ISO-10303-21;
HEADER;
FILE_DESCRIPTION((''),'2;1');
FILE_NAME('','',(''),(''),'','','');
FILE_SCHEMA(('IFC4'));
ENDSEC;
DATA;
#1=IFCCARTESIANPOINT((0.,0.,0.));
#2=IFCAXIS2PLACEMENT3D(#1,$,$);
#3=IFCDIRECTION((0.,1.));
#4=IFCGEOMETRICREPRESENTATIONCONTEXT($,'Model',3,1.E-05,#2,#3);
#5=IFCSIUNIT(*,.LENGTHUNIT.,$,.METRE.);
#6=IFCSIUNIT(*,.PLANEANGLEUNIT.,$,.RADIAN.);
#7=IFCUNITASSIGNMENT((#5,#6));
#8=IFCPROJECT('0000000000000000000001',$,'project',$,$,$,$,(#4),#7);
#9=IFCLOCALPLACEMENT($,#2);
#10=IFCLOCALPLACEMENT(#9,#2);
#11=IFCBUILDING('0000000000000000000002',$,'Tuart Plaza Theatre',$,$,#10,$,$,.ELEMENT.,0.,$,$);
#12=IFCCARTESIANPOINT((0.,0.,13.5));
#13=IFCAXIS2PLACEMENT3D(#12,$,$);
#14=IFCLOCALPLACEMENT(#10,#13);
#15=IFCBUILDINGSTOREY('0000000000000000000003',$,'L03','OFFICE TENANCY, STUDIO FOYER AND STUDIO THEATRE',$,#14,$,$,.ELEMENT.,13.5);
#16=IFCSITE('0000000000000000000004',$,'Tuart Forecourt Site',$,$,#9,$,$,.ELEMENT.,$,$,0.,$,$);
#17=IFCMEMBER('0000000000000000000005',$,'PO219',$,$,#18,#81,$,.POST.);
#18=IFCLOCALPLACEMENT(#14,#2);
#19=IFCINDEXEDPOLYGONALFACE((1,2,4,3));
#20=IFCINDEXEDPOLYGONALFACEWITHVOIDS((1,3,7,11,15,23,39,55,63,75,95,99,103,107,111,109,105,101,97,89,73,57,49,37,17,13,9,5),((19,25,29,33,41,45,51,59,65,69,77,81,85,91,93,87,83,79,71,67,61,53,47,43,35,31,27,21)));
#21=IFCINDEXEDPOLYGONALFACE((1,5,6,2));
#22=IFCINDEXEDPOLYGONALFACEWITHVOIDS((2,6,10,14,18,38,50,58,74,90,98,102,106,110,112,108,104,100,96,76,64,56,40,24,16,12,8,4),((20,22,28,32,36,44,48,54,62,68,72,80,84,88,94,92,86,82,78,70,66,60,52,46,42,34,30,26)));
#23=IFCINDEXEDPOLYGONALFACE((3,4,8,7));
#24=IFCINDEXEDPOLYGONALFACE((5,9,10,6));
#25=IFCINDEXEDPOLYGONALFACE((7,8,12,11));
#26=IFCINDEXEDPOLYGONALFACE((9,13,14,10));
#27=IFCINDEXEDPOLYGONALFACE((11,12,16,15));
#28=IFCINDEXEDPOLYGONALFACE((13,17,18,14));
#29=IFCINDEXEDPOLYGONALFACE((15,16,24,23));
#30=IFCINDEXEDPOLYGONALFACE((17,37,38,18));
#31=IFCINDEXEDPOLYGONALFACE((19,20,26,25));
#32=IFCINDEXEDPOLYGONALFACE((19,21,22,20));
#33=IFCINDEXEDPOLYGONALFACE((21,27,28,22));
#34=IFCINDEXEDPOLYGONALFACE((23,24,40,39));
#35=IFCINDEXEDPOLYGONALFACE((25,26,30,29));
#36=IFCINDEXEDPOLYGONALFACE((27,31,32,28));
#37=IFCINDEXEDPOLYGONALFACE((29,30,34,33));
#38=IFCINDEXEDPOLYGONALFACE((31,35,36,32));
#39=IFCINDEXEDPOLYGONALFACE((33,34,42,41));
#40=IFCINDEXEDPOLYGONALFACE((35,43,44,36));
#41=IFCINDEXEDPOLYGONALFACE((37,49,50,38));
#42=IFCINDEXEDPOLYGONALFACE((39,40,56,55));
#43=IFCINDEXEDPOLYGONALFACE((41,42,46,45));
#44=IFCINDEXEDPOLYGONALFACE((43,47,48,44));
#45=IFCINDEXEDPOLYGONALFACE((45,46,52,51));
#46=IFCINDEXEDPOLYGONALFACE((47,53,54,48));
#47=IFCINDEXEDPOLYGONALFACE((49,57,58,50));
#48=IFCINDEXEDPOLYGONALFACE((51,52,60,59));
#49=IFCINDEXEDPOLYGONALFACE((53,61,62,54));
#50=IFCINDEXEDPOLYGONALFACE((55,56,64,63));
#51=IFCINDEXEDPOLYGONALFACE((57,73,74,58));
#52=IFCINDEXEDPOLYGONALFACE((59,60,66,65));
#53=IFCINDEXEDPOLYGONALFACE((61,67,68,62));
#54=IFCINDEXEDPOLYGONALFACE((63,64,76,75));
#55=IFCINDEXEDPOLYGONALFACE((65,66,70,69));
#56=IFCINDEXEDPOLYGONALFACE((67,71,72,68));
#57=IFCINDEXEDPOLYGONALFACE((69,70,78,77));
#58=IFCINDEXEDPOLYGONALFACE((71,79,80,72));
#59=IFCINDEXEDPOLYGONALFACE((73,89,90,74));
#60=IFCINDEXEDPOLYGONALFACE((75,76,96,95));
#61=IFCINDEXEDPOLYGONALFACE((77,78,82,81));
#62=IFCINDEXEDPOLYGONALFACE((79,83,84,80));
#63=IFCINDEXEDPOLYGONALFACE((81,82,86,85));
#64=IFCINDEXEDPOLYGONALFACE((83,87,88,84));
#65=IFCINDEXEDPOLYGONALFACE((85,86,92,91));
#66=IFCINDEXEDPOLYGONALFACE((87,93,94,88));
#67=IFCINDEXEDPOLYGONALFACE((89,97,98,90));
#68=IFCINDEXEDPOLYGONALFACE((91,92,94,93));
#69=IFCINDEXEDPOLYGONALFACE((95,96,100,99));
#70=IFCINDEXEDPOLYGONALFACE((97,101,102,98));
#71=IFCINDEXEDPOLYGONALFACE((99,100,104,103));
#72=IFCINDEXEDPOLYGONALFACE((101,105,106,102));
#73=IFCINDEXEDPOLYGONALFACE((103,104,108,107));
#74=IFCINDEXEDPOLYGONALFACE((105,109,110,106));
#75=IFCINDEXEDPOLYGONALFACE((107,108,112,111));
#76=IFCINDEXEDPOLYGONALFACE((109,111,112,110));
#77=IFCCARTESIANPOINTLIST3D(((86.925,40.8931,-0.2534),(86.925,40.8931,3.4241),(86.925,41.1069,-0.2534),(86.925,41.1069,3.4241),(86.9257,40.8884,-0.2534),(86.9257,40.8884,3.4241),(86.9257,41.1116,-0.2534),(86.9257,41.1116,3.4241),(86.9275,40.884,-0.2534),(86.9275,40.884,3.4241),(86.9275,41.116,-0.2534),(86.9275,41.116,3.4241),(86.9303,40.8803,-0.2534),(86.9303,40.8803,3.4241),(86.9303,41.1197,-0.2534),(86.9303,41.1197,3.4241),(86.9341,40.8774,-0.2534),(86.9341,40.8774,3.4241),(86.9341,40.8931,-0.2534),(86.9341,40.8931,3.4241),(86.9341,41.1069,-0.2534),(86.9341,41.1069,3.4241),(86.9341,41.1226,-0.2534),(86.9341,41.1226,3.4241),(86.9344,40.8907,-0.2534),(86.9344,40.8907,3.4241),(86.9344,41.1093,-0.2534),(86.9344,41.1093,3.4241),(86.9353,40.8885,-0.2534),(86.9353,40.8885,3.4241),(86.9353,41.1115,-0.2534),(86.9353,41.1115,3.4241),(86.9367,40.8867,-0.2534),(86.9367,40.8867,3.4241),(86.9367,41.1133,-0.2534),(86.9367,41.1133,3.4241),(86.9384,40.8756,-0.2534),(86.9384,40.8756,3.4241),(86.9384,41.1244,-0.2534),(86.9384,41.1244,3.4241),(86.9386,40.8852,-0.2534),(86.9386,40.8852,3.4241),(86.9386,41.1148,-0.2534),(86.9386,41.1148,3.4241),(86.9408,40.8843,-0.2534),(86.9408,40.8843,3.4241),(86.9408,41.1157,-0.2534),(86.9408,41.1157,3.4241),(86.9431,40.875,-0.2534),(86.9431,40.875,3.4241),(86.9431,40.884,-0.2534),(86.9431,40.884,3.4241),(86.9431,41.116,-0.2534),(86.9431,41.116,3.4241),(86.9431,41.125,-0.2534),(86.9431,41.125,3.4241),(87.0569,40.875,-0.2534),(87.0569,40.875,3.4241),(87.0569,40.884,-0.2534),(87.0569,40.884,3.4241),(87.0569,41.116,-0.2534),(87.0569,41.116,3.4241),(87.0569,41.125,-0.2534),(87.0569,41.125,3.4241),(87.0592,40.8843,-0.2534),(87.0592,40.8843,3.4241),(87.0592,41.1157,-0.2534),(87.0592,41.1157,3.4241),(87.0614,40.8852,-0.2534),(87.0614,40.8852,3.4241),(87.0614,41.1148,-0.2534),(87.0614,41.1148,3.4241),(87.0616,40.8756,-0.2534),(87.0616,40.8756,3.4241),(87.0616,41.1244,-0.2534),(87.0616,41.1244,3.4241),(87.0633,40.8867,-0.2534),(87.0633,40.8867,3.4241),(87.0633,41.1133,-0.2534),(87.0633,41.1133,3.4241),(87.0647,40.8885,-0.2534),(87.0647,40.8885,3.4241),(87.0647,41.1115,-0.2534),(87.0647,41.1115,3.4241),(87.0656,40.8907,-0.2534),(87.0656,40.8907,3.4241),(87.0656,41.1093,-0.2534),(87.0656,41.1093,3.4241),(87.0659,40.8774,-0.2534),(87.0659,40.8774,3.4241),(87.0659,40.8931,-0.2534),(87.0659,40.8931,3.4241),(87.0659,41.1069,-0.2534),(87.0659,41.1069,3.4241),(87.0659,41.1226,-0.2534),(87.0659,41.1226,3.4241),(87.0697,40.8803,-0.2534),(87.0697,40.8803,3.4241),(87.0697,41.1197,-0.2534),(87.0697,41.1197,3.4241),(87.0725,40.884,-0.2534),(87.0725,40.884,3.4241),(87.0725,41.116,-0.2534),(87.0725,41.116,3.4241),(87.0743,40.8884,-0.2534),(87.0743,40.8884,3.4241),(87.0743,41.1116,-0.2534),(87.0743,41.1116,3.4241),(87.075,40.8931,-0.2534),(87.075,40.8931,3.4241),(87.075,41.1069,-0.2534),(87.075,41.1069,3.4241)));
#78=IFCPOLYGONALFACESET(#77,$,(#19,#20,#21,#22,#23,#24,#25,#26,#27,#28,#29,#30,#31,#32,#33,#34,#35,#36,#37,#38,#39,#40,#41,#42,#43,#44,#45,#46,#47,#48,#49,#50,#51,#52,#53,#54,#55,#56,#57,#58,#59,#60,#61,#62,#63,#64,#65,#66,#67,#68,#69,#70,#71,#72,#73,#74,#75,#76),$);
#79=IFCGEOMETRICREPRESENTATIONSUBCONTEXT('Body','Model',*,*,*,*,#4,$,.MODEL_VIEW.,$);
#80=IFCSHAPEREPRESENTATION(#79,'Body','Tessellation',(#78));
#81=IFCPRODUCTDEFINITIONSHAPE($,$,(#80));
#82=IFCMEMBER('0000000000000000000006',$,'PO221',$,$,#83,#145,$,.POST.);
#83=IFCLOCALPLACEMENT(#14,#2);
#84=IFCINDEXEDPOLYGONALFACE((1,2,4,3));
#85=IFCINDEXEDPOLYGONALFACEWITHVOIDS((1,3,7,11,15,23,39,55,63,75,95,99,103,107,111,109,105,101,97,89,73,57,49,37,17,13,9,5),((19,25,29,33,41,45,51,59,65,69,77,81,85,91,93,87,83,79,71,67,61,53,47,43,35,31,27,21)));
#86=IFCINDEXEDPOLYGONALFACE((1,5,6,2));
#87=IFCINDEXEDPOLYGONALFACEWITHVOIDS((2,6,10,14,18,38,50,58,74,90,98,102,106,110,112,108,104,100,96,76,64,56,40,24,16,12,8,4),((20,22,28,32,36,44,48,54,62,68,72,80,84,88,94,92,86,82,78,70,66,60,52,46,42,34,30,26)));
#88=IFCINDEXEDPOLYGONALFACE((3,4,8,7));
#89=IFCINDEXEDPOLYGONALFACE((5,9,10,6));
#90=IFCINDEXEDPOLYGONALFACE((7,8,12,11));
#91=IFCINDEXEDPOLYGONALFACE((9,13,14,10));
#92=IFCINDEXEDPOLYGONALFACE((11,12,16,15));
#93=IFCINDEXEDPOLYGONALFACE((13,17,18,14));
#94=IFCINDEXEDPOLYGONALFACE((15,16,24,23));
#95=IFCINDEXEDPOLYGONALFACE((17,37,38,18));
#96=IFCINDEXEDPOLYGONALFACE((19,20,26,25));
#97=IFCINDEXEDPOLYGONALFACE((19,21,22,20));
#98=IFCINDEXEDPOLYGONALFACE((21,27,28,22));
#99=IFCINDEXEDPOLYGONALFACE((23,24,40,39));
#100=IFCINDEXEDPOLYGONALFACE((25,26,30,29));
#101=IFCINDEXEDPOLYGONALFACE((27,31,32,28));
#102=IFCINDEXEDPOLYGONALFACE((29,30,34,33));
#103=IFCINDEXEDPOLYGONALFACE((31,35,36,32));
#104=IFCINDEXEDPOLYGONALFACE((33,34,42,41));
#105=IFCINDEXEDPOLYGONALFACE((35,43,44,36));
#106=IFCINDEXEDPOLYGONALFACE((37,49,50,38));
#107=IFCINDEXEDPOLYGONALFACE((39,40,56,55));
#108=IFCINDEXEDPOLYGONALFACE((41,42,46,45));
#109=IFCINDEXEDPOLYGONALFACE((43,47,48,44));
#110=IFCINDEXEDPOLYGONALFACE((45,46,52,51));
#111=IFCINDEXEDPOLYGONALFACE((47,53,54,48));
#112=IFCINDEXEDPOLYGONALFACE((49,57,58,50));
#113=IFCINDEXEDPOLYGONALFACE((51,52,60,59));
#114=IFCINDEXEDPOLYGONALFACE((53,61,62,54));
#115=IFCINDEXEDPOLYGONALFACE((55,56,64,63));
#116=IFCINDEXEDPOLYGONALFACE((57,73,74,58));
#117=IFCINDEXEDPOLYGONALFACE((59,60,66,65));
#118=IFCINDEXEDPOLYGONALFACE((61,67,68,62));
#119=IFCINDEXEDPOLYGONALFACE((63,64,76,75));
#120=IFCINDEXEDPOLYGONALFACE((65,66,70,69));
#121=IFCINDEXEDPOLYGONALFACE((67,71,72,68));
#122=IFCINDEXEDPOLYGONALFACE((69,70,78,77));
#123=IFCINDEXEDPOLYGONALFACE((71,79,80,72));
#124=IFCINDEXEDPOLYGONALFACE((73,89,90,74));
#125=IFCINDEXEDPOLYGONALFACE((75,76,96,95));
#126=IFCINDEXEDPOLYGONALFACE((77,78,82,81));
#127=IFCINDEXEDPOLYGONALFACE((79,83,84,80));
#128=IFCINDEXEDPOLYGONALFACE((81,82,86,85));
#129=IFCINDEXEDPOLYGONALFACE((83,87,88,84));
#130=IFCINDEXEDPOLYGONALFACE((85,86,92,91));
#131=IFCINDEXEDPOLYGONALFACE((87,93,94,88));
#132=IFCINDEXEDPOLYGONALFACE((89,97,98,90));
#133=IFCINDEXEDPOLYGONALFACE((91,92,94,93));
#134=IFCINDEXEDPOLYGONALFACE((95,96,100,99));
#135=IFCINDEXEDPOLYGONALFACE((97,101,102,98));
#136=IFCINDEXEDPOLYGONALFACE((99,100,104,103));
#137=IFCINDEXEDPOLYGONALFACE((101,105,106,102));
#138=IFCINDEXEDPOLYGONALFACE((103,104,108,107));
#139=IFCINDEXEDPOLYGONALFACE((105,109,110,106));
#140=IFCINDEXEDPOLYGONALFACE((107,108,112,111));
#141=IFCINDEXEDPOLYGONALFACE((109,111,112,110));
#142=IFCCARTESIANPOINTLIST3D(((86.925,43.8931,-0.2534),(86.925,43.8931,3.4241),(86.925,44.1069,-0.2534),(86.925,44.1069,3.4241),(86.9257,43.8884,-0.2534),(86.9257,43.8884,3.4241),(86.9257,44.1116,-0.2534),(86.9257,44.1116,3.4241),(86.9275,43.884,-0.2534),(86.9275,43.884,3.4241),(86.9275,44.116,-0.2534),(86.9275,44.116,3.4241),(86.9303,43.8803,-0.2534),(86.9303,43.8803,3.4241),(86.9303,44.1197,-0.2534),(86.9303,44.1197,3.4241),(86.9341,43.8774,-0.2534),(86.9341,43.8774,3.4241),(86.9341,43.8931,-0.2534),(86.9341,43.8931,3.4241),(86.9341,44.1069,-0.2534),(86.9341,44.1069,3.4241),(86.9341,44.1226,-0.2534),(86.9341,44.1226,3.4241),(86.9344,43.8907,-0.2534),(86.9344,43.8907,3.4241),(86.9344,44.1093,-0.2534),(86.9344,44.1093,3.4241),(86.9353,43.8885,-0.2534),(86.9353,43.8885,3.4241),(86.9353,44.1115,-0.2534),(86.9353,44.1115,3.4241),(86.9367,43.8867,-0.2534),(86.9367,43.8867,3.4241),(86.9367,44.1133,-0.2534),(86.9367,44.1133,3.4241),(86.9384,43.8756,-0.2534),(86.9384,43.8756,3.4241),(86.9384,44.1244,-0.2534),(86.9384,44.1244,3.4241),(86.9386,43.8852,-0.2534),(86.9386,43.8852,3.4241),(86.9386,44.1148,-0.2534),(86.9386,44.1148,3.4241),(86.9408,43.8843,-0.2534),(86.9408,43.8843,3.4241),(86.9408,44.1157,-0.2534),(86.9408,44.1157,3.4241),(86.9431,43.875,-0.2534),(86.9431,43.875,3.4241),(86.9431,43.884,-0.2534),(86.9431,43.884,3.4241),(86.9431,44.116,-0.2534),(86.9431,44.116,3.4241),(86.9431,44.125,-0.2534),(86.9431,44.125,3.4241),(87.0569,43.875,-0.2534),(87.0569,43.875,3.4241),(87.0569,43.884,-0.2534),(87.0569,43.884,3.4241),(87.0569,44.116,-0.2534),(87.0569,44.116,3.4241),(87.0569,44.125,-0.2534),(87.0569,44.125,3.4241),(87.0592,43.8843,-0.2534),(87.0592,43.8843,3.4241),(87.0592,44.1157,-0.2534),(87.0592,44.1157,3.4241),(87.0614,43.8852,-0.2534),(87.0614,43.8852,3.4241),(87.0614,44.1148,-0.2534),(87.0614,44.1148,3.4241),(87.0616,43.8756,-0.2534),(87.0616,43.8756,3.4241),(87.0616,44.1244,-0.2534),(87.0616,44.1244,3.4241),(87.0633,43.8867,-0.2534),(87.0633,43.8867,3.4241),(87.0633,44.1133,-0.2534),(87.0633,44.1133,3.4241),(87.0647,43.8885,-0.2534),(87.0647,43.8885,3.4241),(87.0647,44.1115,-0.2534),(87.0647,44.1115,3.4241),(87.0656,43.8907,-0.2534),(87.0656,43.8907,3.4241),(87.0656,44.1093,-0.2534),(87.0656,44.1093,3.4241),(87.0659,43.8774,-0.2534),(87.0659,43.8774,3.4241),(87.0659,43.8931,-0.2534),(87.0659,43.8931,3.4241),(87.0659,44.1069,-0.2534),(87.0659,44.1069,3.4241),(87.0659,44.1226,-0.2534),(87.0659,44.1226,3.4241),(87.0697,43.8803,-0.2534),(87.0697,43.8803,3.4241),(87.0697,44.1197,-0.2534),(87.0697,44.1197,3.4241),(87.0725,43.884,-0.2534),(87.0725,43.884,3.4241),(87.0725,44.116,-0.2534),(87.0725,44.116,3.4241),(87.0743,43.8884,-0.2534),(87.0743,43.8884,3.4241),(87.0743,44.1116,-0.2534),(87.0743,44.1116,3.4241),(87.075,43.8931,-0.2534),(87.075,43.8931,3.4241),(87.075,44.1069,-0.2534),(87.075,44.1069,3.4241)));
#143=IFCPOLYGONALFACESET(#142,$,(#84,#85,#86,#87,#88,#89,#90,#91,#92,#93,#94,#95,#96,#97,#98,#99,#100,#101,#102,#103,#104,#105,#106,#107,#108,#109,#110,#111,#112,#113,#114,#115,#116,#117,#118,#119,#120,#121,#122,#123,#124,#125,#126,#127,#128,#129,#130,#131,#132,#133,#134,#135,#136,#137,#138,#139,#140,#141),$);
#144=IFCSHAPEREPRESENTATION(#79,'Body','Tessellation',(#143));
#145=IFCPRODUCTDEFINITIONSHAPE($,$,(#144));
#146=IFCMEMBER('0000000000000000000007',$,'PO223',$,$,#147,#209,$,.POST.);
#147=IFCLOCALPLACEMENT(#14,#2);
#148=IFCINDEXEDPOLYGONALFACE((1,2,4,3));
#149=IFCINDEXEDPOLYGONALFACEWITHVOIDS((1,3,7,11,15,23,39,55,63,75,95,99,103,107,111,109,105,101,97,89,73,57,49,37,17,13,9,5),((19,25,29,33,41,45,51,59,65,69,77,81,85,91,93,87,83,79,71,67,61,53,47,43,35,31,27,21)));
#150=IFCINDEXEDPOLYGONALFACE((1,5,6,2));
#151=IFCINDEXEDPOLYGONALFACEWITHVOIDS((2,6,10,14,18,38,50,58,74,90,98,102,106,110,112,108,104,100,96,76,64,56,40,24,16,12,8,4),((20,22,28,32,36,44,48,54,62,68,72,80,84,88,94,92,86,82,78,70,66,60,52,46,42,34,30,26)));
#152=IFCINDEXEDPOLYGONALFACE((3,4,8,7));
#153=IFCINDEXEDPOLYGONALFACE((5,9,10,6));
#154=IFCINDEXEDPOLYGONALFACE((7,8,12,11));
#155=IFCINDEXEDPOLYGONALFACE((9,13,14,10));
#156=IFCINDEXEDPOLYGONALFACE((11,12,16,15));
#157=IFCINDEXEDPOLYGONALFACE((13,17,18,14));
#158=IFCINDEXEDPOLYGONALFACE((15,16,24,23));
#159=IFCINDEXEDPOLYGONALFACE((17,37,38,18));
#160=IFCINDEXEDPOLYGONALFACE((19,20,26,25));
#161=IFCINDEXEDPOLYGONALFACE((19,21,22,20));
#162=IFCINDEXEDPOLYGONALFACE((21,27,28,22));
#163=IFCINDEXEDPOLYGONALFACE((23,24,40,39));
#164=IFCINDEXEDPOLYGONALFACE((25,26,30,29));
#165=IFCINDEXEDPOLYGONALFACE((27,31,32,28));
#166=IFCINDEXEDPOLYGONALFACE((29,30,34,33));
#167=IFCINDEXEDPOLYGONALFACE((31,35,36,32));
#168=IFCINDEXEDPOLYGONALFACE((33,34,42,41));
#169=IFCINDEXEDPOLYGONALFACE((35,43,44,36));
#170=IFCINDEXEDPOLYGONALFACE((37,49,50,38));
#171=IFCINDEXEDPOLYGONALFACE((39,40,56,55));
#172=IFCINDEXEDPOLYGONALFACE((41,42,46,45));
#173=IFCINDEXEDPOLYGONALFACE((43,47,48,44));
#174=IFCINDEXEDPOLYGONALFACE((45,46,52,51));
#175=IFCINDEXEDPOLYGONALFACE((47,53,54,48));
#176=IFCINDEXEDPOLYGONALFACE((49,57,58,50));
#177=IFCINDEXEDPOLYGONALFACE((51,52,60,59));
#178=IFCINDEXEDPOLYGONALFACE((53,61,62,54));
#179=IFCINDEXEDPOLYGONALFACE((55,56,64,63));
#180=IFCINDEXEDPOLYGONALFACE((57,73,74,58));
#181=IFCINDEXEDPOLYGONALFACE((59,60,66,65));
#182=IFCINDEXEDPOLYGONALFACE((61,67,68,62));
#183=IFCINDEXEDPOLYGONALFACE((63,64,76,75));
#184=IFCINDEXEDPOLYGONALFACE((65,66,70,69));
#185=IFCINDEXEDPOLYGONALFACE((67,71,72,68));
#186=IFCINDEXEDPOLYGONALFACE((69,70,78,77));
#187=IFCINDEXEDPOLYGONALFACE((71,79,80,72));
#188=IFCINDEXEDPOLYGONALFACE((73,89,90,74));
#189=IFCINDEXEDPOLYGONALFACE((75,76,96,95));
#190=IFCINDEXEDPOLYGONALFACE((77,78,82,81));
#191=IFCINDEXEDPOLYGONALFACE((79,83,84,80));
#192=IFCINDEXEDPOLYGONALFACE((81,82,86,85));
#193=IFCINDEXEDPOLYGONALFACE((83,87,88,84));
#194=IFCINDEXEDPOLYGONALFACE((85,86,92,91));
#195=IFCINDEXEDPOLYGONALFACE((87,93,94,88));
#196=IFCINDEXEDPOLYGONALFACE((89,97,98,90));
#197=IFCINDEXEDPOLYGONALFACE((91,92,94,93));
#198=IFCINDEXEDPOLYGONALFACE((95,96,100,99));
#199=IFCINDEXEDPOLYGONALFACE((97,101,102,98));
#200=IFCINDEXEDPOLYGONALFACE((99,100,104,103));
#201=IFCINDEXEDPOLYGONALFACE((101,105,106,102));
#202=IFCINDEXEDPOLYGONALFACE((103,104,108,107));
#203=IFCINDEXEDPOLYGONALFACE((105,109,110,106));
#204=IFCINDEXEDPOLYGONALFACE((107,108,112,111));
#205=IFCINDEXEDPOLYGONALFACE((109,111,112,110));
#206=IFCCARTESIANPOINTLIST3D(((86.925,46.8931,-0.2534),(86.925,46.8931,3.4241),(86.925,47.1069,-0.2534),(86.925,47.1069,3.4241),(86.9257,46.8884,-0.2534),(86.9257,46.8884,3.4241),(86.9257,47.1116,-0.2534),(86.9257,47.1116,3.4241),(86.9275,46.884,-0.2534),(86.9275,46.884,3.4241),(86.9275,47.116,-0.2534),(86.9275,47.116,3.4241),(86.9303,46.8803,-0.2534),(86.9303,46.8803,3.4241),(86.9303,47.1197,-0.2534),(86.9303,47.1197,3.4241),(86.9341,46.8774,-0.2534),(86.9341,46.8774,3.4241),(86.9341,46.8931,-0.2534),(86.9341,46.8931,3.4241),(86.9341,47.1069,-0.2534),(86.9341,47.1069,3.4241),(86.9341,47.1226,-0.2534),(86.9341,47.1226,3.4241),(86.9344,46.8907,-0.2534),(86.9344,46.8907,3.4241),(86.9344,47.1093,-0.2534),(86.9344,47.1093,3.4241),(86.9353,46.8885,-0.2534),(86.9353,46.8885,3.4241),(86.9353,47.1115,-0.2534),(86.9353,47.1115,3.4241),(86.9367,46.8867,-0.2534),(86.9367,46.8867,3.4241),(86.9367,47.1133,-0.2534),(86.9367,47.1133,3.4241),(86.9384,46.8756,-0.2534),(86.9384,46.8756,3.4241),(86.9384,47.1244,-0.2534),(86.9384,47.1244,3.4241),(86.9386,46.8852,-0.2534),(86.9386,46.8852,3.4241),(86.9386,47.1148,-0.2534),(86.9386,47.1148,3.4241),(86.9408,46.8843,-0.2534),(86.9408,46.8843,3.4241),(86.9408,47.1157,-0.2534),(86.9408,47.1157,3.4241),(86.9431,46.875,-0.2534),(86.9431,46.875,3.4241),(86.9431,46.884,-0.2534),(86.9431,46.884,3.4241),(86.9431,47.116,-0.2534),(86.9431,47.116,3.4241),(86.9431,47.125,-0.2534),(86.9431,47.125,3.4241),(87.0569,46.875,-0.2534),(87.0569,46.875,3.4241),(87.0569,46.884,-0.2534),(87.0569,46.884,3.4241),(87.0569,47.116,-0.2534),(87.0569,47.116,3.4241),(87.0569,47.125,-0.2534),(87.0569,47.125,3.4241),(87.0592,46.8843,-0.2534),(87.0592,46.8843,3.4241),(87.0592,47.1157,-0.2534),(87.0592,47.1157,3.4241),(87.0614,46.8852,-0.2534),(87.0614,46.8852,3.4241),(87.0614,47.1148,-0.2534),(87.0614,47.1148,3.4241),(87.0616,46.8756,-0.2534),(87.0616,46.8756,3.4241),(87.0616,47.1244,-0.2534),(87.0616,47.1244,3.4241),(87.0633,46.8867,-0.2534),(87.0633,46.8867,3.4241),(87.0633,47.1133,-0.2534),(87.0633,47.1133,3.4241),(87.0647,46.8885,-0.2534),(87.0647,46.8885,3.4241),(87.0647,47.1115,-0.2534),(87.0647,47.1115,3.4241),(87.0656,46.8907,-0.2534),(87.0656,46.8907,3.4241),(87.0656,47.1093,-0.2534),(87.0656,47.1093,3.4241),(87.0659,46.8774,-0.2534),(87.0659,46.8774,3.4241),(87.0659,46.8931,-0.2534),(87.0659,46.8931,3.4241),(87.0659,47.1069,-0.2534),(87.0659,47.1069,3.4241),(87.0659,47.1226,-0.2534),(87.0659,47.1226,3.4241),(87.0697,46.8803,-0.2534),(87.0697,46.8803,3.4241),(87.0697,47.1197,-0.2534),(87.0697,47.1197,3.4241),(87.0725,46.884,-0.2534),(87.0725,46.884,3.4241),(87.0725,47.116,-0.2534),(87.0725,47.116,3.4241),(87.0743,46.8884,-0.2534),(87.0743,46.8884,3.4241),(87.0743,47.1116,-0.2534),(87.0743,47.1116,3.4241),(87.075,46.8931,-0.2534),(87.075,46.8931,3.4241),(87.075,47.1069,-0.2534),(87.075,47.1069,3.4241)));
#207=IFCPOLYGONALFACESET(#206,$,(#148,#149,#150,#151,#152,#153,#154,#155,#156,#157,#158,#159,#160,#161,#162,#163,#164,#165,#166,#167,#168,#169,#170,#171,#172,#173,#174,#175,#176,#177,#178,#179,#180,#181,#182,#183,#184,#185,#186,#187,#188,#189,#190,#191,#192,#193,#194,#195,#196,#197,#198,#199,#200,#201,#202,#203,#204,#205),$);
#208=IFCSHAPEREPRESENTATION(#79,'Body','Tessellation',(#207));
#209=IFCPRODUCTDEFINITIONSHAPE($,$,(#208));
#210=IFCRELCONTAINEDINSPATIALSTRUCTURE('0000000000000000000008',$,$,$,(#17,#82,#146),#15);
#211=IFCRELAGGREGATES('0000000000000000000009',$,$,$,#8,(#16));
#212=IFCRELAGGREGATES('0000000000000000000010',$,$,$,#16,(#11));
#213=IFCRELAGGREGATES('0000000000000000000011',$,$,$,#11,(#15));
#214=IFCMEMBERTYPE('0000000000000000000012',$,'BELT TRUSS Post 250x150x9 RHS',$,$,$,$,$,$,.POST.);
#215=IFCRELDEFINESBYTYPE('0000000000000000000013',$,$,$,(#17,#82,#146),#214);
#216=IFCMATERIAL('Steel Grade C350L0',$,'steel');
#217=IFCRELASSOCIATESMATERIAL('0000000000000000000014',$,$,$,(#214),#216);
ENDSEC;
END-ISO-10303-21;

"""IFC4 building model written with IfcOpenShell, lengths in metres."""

from ifc_helpers import new_model, si_unit, direction, frame, origin, origin_2d, place, context, subcontext, project, spatial, hollow_rectangle, extrude, material, material_profile, profile_set, type_object, element, save


model = new_model("IFC4")

# Units and contexts
model_context = context("Model", 3, precision=1e-05, world=origin(), true_north=direction((0.0, 1.0)))
body_context = subcontext(model_context, "Body", "Model", "MODEL_VIEW")
ifc_project = project(units=[si_unit("LENGTHUNIT", "METRE"), si_unit("PLANEANGLEUNIT", "RADIAN")], contexts=[model_context])

# Site, building, storey
site_placement = place(None, origin())
site = spatial("IfcSite", under=ifc_project, at=site_placement, Name="Tuart Forecourt Site", CompositionType="ELEMENT", RefElevation=0.0)
building_placement = place(site_placement, origin())
building = spatial("IfcBuilding", under=site, at=building_placement, Name="Tuart Plaza Theatre", CompositionType="ELEMENT", ElevationOfRefHeight=0.0)
storey_placement = place(building_placement, frame((0.0, 0.0, 13.5)))
storey = spatial("IfcBuildingStorey", under=building, at=storey_placement, Name="L03", Description="OFFICE TENANCY, STUDIO FOYER AND STUDIO THEATRE", CompositionType="ELEMENT", Elevation=13.5)

# Members
ifc_material_1 = material(Name="Steel Grade C350L0", Category="steel")
ifc_material_profile_1 = material_profile(ifc_material_1, hollow_rectangle(XDim=0.1499, YDim=0.25, WallThickness=0.009, InnerFilletRadius=0.009, OuterFilletRadius=0.0181, at=origin_2d()), Name="250x150x9 RHS")
ifc_profile_set_1 = profile_set([ifc_material_profile_1], Name="Steel Grade C350L0")
member_type_1 = type_object("IfcMemberType", Name="BELT TRUSS Post 250x150x9 RHS", PredefinedType="POST", material=ifc_profile_set_1)
for number, where, z_axis, x_axis, name in (
    (1, (87.0, 41.0, -0.2534), (0.0, 0.0, 1.0), (1.0, 0.0, 0.0), "PO219"),
    (2, (87.0, 44.0, -0.2534), (0.0, 0.0, 1.0), (1.0, 0.0, 0.0), "PO221"),
    (3, (87.0, 47.0, -0.2534), (0.0, 0.0, 1.0), (1.0, 0.0, 0.0), "PO223"),
):
    element("IfcMember", number, at=place(storey_placement, frame(where, z_axis=z_axis, x_axis=x_axis)), inside=storey, type_object=member_type_1, Name=name, PredefinedType="POST", context=body_context, shape_type="SweptSolid", body=[
        extrude(hollow_rectangle(XDim=0.1499, YDim=0.25, WallThickness=0.009, InnerFilletRadius=0.009, OuterFilletRadius=0.0181, at=origin_2d()), origin(), (0.0, 0.0, 1.0), 3.6775),
    ])

save(model, "model.ifc")
